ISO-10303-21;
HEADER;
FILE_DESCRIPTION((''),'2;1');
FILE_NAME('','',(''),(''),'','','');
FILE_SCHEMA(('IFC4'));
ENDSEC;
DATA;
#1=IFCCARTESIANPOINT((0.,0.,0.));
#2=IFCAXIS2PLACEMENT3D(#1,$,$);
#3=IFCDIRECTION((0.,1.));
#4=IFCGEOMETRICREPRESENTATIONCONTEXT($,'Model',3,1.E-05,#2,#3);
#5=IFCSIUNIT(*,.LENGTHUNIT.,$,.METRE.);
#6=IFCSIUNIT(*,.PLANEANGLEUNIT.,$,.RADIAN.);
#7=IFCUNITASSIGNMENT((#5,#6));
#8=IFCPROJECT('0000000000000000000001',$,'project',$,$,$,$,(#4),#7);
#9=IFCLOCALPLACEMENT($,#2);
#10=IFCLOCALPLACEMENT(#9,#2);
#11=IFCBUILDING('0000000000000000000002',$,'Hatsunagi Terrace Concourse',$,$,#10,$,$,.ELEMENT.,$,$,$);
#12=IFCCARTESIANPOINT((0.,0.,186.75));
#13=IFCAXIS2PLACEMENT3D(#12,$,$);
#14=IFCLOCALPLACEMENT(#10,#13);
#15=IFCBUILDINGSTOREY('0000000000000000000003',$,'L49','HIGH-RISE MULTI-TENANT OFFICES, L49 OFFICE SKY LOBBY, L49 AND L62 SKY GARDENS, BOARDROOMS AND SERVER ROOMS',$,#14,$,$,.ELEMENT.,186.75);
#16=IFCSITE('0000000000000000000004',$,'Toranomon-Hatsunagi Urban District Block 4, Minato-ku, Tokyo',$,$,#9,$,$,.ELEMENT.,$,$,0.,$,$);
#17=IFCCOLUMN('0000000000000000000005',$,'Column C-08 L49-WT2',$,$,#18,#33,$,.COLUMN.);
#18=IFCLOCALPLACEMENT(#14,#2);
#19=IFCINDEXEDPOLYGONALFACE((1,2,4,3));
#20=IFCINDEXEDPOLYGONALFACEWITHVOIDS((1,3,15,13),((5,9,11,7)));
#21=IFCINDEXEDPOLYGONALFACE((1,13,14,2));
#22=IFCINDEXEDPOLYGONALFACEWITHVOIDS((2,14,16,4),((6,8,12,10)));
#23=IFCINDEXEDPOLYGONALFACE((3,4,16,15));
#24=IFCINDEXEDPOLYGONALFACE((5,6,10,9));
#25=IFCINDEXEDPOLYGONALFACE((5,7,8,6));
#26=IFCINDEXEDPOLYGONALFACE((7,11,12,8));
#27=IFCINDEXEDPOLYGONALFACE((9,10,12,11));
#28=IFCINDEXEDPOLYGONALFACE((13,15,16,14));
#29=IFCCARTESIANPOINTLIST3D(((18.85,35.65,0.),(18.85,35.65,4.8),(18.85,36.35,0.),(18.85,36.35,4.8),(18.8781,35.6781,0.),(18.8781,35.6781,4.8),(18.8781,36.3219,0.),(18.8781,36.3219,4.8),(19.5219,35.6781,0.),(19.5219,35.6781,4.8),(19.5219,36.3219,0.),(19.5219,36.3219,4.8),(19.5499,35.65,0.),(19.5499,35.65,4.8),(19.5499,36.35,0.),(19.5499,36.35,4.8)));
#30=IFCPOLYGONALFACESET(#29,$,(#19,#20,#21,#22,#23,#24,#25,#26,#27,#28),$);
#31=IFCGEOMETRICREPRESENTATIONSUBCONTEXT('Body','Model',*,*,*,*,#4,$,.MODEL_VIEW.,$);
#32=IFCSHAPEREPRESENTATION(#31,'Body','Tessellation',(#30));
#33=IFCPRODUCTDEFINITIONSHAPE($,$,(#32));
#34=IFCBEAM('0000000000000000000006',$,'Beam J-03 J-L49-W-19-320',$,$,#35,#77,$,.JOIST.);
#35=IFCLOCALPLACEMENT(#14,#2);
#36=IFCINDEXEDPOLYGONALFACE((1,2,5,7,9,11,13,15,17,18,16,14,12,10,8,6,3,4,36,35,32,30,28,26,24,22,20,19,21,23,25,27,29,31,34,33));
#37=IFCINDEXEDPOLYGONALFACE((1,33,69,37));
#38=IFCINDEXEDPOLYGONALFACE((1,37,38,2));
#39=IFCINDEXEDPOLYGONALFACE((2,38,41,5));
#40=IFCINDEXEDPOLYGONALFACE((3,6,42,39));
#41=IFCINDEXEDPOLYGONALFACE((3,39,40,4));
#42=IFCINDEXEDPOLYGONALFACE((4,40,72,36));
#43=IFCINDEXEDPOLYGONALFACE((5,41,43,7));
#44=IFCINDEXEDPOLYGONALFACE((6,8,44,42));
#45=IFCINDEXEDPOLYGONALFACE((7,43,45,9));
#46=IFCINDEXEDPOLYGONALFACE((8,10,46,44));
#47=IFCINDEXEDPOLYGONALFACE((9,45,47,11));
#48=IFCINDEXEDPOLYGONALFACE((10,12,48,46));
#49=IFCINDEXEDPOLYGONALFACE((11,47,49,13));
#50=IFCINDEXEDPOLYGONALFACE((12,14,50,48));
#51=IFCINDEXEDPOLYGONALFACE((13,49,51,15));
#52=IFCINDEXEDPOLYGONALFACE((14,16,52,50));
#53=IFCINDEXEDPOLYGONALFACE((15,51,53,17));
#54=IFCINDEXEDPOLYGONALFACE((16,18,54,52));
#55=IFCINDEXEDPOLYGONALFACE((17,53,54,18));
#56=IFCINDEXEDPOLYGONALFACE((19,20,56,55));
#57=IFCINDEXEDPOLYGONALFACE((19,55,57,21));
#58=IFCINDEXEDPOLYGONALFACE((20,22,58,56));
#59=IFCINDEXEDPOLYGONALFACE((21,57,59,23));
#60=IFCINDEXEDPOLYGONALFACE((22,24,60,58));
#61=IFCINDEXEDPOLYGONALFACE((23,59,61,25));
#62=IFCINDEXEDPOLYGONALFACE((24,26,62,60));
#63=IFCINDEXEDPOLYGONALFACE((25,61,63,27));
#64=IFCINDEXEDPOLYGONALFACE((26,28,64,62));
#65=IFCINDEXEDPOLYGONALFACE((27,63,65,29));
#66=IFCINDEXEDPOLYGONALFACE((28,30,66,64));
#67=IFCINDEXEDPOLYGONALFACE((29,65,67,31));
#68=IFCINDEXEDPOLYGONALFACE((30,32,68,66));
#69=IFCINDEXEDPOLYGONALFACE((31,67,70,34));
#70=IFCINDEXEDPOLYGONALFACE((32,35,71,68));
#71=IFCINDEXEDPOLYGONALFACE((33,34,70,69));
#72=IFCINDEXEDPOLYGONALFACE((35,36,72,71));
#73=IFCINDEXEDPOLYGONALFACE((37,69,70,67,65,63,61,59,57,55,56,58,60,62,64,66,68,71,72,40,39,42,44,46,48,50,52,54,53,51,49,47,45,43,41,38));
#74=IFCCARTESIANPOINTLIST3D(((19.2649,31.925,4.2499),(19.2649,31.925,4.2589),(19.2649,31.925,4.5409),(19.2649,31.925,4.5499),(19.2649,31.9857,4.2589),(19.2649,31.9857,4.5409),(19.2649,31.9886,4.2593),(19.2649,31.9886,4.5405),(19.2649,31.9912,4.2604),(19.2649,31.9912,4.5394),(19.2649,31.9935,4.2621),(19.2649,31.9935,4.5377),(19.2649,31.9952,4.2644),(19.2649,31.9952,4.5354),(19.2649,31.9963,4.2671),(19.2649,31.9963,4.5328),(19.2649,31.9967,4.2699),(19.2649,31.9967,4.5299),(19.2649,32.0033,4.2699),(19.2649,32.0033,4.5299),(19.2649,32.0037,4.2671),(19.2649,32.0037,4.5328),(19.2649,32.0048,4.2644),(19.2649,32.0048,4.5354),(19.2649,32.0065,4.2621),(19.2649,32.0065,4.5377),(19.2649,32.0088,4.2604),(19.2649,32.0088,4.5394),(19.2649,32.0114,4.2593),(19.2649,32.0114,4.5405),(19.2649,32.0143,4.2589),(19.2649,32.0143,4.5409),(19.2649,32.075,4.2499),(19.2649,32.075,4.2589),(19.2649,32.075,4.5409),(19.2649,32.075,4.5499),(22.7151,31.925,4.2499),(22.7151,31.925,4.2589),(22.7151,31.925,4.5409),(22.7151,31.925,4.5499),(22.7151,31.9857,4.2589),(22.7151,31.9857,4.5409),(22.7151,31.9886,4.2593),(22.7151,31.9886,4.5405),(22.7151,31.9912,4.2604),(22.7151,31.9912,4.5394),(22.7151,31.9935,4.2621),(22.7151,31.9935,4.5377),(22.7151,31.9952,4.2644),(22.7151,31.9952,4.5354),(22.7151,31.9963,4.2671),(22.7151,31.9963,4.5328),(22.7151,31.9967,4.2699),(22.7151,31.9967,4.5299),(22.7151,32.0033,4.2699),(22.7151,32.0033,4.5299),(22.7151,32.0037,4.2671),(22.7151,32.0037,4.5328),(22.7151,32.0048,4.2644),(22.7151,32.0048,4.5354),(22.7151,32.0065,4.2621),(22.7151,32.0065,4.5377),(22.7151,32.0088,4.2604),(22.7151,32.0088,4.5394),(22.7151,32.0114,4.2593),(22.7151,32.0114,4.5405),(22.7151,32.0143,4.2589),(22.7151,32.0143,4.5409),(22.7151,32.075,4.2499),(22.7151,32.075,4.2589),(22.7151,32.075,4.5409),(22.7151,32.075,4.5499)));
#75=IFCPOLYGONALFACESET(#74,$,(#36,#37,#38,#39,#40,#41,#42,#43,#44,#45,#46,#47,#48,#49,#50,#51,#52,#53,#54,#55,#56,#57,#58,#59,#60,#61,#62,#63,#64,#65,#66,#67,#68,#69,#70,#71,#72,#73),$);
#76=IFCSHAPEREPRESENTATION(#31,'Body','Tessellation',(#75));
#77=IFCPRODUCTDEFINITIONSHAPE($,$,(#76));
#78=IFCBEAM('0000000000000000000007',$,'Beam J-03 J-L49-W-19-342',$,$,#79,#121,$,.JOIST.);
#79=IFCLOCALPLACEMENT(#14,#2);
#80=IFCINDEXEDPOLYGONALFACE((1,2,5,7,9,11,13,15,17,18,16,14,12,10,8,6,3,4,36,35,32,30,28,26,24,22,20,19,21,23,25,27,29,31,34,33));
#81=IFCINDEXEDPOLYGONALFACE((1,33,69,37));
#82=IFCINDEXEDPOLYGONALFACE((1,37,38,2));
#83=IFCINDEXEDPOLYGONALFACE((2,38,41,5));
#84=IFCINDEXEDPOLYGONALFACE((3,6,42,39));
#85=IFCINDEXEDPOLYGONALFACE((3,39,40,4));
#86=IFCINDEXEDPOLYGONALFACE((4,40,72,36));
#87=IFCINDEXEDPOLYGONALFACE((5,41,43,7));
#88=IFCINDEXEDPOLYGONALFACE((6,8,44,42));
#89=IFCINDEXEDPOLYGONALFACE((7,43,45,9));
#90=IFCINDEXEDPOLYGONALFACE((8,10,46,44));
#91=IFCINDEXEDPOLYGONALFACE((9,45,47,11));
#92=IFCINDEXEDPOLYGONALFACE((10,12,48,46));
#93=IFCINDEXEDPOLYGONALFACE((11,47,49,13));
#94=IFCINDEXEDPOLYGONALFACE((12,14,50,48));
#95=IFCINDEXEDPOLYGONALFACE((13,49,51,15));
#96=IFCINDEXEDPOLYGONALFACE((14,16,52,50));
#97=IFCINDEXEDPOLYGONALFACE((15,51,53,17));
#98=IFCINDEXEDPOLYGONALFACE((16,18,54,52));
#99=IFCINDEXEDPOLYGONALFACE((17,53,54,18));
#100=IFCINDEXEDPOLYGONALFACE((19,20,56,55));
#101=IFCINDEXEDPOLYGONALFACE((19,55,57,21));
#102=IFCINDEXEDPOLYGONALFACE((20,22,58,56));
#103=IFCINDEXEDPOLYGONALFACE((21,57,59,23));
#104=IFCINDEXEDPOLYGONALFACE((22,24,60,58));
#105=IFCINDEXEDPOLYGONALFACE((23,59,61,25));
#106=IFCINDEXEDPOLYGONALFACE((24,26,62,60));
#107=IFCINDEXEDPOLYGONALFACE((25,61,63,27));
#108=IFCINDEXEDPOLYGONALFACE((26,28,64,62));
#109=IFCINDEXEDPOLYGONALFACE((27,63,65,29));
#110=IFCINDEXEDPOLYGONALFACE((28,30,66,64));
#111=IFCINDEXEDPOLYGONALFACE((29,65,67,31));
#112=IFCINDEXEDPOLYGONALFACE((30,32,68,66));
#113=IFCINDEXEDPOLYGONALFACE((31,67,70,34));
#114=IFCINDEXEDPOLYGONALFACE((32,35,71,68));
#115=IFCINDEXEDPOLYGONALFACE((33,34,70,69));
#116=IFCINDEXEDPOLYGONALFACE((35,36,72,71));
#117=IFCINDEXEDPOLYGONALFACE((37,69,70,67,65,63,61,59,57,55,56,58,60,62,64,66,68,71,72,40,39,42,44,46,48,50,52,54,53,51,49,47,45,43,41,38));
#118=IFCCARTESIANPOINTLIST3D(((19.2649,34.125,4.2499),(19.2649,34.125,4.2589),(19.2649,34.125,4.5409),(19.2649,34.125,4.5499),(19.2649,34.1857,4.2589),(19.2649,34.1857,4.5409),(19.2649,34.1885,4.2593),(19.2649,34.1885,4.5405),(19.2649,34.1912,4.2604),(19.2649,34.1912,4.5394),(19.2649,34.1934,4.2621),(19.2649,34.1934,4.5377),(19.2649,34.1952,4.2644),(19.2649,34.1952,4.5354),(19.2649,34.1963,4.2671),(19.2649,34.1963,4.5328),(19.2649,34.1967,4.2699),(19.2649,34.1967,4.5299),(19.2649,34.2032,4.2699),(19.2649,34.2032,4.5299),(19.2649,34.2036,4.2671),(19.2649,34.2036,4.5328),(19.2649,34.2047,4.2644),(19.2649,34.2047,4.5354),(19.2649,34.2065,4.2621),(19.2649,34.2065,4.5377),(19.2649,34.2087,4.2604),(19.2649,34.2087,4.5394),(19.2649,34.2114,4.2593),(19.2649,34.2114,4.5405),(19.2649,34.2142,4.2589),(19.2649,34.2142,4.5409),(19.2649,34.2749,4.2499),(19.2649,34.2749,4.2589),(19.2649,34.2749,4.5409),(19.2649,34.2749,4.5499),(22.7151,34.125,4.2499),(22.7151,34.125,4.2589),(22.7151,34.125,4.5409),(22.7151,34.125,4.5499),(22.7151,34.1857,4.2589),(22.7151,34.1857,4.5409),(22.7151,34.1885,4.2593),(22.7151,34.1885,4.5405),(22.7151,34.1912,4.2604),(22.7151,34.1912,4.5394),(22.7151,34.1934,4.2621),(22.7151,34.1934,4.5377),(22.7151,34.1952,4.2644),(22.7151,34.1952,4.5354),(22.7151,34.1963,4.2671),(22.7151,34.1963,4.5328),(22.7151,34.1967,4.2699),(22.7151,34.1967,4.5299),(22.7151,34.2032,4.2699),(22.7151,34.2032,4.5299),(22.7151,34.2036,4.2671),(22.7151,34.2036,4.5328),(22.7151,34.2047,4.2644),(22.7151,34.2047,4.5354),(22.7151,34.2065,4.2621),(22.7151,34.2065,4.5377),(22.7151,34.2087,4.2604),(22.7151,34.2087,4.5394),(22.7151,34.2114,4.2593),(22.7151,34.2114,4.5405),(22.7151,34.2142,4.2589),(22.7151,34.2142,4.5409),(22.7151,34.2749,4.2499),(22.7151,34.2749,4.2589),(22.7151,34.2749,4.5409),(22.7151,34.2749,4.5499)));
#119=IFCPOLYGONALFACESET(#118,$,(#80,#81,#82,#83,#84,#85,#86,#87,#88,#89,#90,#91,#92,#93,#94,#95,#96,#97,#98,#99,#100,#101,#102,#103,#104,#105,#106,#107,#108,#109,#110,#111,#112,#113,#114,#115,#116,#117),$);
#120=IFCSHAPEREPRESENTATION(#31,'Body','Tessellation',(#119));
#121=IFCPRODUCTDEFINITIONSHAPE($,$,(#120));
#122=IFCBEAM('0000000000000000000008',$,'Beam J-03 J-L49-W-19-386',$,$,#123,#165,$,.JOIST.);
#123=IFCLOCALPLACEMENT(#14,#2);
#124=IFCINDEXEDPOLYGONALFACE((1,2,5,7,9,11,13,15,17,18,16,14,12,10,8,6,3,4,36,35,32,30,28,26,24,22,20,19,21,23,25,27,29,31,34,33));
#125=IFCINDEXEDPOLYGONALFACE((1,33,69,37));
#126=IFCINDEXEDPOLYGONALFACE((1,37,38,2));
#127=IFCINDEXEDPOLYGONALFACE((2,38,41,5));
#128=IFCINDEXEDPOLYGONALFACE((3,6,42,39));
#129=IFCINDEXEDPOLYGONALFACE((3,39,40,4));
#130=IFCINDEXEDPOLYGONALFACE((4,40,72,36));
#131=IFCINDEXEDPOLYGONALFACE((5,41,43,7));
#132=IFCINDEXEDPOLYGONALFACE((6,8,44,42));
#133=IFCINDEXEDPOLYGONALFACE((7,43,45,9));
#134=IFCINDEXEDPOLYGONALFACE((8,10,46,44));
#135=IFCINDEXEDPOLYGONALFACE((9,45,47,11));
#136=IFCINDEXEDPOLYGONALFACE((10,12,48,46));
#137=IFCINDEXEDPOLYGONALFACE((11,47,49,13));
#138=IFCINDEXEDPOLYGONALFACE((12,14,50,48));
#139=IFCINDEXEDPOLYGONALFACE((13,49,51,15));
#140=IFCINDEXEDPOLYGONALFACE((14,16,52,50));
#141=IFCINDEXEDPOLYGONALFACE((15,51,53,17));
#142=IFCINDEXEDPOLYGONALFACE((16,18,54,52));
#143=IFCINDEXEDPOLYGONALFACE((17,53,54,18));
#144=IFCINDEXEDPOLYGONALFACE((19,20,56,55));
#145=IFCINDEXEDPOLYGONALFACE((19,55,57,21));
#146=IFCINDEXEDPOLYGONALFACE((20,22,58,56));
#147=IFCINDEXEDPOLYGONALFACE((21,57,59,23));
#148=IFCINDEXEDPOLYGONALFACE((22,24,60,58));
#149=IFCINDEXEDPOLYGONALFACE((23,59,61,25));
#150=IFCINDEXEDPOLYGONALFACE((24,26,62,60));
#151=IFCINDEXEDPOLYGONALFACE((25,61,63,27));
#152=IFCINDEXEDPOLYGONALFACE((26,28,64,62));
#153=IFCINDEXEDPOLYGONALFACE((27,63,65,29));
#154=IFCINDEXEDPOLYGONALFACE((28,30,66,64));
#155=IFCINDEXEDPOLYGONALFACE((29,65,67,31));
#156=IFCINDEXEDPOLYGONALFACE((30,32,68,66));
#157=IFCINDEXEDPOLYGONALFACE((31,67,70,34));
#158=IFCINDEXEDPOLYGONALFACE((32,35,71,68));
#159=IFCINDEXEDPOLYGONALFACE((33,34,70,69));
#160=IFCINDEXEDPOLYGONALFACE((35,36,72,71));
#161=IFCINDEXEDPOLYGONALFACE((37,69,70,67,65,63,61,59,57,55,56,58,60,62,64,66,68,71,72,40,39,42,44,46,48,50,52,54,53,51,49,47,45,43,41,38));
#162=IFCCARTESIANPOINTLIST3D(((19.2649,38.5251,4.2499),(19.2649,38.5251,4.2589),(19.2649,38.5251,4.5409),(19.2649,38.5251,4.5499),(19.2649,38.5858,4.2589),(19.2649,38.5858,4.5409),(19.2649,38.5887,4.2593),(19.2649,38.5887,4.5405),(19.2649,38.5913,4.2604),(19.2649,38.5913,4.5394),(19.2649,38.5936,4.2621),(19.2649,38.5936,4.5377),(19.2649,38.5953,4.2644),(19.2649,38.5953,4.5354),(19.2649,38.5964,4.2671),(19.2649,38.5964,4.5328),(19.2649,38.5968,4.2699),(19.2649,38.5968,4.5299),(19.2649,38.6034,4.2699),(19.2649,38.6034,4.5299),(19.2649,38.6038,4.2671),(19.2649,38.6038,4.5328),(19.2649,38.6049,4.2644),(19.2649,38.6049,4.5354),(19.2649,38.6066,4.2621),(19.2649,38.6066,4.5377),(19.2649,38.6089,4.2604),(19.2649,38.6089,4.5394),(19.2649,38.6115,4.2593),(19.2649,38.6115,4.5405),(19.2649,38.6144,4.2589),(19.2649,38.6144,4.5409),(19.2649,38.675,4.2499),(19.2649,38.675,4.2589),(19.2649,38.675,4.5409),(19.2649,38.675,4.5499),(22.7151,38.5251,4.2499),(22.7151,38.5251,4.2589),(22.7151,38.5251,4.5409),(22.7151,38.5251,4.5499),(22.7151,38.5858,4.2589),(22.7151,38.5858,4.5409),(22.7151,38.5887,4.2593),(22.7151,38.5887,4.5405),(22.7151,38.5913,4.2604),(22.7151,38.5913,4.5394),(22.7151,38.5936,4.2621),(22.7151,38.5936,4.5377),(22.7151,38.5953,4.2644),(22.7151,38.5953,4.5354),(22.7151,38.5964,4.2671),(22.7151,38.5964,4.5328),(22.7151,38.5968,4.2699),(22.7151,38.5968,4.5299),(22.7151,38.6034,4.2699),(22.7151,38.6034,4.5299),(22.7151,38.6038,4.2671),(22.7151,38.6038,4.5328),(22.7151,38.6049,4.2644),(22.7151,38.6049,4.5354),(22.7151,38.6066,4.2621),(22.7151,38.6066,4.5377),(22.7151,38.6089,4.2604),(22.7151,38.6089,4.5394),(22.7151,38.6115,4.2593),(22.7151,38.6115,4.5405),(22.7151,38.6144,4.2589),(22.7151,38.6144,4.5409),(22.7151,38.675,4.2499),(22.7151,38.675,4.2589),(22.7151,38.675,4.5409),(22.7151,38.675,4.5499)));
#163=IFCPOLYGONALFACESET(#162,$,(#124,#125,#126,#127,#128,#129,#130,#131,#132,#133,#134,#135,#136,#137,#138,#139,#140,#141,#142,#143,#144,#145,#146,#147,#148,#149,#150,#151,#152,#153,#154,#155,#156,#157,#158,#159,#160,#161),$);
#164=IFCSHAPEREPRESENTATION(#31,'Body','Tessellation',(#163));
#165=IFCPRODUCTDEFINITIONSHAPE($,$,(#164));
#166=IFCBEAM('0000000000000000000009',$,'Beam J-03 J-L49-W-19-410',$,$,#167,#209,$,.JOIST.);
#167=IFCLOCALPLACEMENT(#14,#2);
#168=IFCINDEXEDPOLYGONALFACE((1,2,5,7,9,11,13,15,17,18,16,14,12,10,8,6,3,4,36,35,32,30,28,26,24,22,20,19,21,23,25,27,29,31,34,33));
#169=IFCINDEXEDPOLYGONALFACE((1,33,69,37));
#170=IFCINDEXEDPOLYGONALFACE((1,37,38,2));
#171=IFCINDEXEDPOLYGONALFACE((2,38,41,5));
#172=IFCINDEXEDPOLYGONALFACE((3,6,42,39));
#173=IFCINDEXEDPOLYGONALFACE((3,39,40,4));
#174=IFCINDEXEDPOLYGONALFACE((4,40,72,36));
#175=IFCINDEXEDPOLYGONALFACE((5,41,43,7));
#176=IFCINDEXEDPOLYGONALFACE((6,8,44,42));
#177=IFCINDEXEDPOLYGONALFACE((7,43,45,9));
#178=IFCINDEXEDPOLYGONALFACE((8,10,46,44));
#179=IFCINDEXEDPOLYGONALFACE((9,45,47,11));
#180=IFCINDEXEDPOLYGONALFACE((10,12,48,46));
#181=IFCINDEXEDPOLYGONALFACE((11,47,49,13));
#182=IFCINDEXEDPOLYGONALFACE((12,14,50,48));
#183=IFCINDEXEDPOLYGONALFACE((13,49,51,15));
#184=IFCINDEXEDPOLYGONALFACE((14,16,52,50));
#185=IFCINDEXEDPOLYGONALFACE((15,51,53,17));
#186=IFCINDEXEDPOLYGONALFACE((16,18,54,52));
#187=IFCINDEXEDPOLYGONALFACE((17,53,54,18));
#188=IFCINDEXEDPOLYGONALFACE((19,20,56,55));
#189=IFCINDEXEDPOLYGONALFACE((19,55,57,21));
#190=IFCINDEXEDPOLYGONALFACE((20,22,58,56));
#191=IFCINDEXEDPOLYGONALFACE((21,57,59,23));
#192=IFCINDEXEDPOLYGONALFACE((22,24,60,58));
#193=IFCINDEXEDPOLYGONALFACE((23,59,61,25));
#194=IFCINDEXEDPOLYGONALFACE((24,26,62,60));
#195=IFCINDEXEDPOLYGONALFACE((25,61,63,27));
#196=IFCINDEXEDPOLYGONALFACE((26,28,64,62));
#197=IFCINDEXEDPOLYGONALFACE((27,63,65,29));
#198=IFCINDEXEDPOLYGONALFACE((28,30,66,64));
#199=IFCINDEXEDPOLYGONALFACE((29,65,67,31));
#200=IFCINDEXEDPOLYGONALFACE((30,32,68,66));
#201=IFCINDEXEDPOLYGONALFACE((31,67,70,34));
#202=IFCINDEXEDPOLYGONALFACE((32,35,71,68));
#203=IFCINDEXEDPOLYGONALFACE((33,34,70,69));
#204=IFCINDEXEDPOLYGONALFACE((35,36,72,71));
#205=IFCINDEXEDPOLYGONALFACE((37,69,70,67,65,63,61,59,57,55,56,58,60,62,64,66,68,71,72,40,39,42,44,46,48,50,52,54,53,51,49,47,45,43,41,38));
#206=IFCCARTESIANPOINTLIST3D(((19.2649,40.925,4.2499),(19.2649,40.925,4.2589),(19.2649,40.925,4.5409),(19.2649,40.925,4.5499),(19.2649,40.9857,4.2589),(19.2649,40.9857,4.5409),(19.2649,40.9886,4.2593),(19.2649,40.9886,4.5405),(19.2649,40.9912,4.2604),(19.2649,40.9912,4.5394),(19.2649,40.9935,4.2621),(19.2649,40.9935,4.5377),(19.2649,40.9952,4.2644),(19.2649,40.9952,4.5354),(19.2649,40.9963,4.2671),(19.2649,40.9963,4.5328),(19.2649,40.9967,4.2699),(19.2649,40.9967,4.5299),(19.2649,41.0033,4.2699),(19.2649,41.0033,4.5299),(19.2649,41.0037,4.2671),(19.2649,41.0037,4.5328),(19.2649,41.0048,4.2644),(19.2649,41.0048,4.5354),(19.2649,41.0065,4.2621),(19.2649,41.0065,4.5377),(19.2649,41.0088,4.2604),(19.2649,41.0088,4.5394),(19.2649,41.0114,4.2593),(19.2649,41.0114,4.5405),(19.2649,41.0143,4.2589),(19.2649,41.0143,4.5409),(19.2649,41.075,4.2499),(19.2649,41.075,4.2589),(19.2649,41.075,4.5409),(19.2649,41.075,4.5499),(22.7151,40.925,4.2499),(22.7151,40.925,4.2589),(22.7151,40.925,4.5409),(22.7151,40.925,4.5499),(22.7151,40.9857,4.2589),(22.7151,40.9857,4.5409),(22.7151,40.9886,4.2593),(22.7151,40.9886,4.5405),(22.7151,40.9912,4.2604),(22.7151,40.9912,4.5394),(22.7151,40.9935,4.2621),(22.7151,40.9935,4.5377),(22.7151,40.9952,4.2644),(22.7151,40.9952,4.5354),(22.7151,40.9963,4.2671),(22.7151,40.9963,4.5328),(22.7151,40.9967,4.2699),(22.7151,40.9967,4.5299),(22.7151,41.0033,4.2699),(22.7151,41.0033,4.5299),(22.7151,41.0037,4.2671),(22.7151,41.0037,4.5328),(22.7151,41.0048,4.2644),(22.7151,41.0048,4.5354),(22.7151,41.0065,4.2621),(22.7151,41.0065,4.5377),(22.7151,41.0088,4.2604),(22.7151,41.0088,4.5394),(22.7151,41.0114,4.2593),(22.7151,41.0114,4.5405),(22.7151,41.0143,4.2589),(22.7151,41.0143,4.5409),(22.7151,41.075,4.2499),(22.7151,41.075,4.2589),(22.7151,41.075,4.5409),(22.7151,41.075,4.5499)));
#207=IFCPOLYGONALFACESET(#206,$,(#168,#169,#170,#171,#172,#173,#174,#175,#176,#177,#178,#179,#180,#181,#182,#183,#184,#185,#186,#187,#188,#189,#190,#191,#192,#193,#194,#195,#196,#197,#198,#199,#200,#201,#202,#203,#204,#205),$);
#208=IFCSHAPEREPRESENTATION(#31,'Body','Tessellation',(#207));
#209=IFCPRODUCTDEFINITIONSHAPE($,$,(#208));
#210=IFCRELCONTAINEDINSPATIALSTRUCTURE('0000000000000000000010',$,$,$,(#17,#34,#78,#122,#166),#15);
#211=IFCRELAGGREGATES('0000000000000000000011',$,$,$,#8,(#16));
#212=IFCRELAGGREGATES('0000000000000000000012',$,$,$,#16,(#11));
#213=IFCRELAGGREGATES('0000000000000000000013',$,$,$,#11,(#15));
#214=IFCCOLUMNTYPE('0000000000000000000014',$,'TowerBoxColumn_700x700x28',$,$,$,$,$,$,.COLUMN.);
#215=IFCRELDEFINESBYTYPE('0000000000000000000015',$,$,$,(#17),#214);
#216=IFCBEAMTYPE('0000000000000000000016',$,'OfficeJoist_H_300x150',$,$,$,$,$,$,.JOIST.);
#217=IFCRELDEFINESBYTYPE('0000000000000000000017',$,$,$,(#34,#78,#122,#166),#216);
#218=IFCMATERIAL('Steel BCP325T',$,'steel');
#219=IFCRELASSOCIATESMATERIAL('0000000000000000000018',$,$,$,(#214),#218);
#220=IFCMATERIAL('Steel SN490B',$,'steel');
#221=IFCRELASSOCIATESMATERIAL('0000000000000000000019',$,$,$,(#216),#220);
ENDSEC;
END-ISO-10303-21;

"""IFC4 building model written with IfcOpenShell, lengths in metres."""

from ifc_helpers import new_model, si_unit, direction, frame, origin, origin_2d, place, context, subcontext, project, spatial, hollow_rectangle, i_section, extrude, material, material_profile, profile_set, type_object, element, save


model = new_model("IFC4")

# Units and contexts
model_context = context("Model", 3, precision=1e-05, world=origin(), true_north=direction((0.0, 1.0)))
body_context = subcontext(model_context, "Body", "Model", "MODEL_VIEW")
ifc_project = project(units=[si_unit("LENGTHUNIT", "METRE"), si_unit("PLANEANGLEUNIT", "RADIAN")], contexts=[model_context])

# Site, building, storey
site_placement = place(None, origin())
site = spatial("IfcSite", under=ifc_project, at=site_placement, Name="Toranomon-Hatsunagi Urban District Block 4, Minato-ku, Tokyo", CompositionType="ELEMENT", RefElevation=0.0)
building_placement = place(site_placement, origin())
building = spatial("IfcBuilding", under=site, at=building_placement, Name="Hatsunagi Terrace Concourse", CompositionType="ELEMENT")
storey_placement = place(building_placement, frame((0.0, 0.0, 186.75)))
storey = spatial("IfcBuildingStorey", under=building, at=storey_placement, Name="L49", Description="HIGH-RISE MULTI-TENANT OFFICES, L49 OFFICE SKY LOBBY, L49 AND L62 SKY GARDENS, BOARDROOMS AND SERVER ROOMS", CompositionType="ELEMENT", Elevation=186.75)

# Column
ifc_material_1 = material(Name="Steel BCP325T", Category="steel")
ifc_material_profile_1 = material_profile(ifc_material_1, hollow_rectangle(XDim=0.7, YDim=0.7, WallThickness=0.0281, at=origin_2d()), Name="BCP-700x700x28")
ifc_profile_set_1 = profile_set([ifc_material_profile_1], Name="Steel BCP325T")
column_type = type_object("IfcColumnType", Name="TowerBoxColumn_700x700x28", PredefinedType="COLUMN", material=ifc_profile_set_1)
column_placement = place(storey_placement, frame((19.2, 36.0, 0.0), z_axis=(0.0, 0.0, 1.0), x_axis=(1.0, 0.0, 0.0)))
element("IfcColumn", 1, at=column_placement, inside=storey, type_object=column_type, Name="Column C-08 L49-WT2", PredefinedType="COLUMN", context=body_context, shape_type="SweptSolid", body=[
    extrude(hollow_rectangle(XDim=0.7, YDim=0.7, WallThickness=0.0281, at=origin_2d()), origin(), (0.0, 0.0, 1.0), 4.8),
])

# Beams
ifc_material_2 = material(Name="Steel SN490B", Category="steel")
ifc_material_profile_2 = material_profile(ifc_material_2, i_section(OverallWidth=0.1499, OverallDepth=0.3, WebThickness=0.0066, FlangeThickness=0.009, FilletRadius=0.011, at=origin_2d()), Name="H-300x150x6.5x9")
ifc_profile_set_2 = profile_set([ifc_material_profile_2], Name="Steel SN490B")
beam_type_1 = type_object("IfcBeamType", Name="OfficeJoist_H_300x150", PredefinedType="JOIST", material=ifc_profile_set_2)
for number, where, z_axis, x_axis, name in (
    (2, (19.2649, 32.0, 4.3999), (1.0, 0.0, 0.0), (0.0, 1.0, 0.0), "Beam J-03 J-L49-W-19-320"),
    (3, (19.2649, 34.2, 4.3999), (1.0, 0.0, 0.0), (0.0, 1.0, 0.0), "Beam J-03 J-L49-W-19-342"),
    (4, (19.2649, 38.6001, 4.3999), (1.0, 0.0, 0.0), (0.0, 1.0, 0.0), "Beam J-03 J-L49-W-19-386"),
    (5, (19.2649, 41.0, 4.3999), (1.0, 0.0, 0.0), (0.0, 1.0, 0.0), "Beam J-03 J-L49-W-19-410"),
):
    element("IfcBeam", number, at=place(storey_placement, frame(where, z_axis=z_axis, x_axis=x_axis)), inside=storey, type_object=beam_type_1, Name=name, PredefinedType="JOIST", context=body_context, shape_type="SweptSolid", body=[
        extrude(i_section(OverallWidth=0.1499, OverallDepth=0.3, WebThickness=0.0066, FlangeThickness=0.009, FilletRadius=0.011, at=origin_2d()), origin(), (0.0, 0.0, 1.0), 3.4502),
    ])

save(model, "model.ifc")
